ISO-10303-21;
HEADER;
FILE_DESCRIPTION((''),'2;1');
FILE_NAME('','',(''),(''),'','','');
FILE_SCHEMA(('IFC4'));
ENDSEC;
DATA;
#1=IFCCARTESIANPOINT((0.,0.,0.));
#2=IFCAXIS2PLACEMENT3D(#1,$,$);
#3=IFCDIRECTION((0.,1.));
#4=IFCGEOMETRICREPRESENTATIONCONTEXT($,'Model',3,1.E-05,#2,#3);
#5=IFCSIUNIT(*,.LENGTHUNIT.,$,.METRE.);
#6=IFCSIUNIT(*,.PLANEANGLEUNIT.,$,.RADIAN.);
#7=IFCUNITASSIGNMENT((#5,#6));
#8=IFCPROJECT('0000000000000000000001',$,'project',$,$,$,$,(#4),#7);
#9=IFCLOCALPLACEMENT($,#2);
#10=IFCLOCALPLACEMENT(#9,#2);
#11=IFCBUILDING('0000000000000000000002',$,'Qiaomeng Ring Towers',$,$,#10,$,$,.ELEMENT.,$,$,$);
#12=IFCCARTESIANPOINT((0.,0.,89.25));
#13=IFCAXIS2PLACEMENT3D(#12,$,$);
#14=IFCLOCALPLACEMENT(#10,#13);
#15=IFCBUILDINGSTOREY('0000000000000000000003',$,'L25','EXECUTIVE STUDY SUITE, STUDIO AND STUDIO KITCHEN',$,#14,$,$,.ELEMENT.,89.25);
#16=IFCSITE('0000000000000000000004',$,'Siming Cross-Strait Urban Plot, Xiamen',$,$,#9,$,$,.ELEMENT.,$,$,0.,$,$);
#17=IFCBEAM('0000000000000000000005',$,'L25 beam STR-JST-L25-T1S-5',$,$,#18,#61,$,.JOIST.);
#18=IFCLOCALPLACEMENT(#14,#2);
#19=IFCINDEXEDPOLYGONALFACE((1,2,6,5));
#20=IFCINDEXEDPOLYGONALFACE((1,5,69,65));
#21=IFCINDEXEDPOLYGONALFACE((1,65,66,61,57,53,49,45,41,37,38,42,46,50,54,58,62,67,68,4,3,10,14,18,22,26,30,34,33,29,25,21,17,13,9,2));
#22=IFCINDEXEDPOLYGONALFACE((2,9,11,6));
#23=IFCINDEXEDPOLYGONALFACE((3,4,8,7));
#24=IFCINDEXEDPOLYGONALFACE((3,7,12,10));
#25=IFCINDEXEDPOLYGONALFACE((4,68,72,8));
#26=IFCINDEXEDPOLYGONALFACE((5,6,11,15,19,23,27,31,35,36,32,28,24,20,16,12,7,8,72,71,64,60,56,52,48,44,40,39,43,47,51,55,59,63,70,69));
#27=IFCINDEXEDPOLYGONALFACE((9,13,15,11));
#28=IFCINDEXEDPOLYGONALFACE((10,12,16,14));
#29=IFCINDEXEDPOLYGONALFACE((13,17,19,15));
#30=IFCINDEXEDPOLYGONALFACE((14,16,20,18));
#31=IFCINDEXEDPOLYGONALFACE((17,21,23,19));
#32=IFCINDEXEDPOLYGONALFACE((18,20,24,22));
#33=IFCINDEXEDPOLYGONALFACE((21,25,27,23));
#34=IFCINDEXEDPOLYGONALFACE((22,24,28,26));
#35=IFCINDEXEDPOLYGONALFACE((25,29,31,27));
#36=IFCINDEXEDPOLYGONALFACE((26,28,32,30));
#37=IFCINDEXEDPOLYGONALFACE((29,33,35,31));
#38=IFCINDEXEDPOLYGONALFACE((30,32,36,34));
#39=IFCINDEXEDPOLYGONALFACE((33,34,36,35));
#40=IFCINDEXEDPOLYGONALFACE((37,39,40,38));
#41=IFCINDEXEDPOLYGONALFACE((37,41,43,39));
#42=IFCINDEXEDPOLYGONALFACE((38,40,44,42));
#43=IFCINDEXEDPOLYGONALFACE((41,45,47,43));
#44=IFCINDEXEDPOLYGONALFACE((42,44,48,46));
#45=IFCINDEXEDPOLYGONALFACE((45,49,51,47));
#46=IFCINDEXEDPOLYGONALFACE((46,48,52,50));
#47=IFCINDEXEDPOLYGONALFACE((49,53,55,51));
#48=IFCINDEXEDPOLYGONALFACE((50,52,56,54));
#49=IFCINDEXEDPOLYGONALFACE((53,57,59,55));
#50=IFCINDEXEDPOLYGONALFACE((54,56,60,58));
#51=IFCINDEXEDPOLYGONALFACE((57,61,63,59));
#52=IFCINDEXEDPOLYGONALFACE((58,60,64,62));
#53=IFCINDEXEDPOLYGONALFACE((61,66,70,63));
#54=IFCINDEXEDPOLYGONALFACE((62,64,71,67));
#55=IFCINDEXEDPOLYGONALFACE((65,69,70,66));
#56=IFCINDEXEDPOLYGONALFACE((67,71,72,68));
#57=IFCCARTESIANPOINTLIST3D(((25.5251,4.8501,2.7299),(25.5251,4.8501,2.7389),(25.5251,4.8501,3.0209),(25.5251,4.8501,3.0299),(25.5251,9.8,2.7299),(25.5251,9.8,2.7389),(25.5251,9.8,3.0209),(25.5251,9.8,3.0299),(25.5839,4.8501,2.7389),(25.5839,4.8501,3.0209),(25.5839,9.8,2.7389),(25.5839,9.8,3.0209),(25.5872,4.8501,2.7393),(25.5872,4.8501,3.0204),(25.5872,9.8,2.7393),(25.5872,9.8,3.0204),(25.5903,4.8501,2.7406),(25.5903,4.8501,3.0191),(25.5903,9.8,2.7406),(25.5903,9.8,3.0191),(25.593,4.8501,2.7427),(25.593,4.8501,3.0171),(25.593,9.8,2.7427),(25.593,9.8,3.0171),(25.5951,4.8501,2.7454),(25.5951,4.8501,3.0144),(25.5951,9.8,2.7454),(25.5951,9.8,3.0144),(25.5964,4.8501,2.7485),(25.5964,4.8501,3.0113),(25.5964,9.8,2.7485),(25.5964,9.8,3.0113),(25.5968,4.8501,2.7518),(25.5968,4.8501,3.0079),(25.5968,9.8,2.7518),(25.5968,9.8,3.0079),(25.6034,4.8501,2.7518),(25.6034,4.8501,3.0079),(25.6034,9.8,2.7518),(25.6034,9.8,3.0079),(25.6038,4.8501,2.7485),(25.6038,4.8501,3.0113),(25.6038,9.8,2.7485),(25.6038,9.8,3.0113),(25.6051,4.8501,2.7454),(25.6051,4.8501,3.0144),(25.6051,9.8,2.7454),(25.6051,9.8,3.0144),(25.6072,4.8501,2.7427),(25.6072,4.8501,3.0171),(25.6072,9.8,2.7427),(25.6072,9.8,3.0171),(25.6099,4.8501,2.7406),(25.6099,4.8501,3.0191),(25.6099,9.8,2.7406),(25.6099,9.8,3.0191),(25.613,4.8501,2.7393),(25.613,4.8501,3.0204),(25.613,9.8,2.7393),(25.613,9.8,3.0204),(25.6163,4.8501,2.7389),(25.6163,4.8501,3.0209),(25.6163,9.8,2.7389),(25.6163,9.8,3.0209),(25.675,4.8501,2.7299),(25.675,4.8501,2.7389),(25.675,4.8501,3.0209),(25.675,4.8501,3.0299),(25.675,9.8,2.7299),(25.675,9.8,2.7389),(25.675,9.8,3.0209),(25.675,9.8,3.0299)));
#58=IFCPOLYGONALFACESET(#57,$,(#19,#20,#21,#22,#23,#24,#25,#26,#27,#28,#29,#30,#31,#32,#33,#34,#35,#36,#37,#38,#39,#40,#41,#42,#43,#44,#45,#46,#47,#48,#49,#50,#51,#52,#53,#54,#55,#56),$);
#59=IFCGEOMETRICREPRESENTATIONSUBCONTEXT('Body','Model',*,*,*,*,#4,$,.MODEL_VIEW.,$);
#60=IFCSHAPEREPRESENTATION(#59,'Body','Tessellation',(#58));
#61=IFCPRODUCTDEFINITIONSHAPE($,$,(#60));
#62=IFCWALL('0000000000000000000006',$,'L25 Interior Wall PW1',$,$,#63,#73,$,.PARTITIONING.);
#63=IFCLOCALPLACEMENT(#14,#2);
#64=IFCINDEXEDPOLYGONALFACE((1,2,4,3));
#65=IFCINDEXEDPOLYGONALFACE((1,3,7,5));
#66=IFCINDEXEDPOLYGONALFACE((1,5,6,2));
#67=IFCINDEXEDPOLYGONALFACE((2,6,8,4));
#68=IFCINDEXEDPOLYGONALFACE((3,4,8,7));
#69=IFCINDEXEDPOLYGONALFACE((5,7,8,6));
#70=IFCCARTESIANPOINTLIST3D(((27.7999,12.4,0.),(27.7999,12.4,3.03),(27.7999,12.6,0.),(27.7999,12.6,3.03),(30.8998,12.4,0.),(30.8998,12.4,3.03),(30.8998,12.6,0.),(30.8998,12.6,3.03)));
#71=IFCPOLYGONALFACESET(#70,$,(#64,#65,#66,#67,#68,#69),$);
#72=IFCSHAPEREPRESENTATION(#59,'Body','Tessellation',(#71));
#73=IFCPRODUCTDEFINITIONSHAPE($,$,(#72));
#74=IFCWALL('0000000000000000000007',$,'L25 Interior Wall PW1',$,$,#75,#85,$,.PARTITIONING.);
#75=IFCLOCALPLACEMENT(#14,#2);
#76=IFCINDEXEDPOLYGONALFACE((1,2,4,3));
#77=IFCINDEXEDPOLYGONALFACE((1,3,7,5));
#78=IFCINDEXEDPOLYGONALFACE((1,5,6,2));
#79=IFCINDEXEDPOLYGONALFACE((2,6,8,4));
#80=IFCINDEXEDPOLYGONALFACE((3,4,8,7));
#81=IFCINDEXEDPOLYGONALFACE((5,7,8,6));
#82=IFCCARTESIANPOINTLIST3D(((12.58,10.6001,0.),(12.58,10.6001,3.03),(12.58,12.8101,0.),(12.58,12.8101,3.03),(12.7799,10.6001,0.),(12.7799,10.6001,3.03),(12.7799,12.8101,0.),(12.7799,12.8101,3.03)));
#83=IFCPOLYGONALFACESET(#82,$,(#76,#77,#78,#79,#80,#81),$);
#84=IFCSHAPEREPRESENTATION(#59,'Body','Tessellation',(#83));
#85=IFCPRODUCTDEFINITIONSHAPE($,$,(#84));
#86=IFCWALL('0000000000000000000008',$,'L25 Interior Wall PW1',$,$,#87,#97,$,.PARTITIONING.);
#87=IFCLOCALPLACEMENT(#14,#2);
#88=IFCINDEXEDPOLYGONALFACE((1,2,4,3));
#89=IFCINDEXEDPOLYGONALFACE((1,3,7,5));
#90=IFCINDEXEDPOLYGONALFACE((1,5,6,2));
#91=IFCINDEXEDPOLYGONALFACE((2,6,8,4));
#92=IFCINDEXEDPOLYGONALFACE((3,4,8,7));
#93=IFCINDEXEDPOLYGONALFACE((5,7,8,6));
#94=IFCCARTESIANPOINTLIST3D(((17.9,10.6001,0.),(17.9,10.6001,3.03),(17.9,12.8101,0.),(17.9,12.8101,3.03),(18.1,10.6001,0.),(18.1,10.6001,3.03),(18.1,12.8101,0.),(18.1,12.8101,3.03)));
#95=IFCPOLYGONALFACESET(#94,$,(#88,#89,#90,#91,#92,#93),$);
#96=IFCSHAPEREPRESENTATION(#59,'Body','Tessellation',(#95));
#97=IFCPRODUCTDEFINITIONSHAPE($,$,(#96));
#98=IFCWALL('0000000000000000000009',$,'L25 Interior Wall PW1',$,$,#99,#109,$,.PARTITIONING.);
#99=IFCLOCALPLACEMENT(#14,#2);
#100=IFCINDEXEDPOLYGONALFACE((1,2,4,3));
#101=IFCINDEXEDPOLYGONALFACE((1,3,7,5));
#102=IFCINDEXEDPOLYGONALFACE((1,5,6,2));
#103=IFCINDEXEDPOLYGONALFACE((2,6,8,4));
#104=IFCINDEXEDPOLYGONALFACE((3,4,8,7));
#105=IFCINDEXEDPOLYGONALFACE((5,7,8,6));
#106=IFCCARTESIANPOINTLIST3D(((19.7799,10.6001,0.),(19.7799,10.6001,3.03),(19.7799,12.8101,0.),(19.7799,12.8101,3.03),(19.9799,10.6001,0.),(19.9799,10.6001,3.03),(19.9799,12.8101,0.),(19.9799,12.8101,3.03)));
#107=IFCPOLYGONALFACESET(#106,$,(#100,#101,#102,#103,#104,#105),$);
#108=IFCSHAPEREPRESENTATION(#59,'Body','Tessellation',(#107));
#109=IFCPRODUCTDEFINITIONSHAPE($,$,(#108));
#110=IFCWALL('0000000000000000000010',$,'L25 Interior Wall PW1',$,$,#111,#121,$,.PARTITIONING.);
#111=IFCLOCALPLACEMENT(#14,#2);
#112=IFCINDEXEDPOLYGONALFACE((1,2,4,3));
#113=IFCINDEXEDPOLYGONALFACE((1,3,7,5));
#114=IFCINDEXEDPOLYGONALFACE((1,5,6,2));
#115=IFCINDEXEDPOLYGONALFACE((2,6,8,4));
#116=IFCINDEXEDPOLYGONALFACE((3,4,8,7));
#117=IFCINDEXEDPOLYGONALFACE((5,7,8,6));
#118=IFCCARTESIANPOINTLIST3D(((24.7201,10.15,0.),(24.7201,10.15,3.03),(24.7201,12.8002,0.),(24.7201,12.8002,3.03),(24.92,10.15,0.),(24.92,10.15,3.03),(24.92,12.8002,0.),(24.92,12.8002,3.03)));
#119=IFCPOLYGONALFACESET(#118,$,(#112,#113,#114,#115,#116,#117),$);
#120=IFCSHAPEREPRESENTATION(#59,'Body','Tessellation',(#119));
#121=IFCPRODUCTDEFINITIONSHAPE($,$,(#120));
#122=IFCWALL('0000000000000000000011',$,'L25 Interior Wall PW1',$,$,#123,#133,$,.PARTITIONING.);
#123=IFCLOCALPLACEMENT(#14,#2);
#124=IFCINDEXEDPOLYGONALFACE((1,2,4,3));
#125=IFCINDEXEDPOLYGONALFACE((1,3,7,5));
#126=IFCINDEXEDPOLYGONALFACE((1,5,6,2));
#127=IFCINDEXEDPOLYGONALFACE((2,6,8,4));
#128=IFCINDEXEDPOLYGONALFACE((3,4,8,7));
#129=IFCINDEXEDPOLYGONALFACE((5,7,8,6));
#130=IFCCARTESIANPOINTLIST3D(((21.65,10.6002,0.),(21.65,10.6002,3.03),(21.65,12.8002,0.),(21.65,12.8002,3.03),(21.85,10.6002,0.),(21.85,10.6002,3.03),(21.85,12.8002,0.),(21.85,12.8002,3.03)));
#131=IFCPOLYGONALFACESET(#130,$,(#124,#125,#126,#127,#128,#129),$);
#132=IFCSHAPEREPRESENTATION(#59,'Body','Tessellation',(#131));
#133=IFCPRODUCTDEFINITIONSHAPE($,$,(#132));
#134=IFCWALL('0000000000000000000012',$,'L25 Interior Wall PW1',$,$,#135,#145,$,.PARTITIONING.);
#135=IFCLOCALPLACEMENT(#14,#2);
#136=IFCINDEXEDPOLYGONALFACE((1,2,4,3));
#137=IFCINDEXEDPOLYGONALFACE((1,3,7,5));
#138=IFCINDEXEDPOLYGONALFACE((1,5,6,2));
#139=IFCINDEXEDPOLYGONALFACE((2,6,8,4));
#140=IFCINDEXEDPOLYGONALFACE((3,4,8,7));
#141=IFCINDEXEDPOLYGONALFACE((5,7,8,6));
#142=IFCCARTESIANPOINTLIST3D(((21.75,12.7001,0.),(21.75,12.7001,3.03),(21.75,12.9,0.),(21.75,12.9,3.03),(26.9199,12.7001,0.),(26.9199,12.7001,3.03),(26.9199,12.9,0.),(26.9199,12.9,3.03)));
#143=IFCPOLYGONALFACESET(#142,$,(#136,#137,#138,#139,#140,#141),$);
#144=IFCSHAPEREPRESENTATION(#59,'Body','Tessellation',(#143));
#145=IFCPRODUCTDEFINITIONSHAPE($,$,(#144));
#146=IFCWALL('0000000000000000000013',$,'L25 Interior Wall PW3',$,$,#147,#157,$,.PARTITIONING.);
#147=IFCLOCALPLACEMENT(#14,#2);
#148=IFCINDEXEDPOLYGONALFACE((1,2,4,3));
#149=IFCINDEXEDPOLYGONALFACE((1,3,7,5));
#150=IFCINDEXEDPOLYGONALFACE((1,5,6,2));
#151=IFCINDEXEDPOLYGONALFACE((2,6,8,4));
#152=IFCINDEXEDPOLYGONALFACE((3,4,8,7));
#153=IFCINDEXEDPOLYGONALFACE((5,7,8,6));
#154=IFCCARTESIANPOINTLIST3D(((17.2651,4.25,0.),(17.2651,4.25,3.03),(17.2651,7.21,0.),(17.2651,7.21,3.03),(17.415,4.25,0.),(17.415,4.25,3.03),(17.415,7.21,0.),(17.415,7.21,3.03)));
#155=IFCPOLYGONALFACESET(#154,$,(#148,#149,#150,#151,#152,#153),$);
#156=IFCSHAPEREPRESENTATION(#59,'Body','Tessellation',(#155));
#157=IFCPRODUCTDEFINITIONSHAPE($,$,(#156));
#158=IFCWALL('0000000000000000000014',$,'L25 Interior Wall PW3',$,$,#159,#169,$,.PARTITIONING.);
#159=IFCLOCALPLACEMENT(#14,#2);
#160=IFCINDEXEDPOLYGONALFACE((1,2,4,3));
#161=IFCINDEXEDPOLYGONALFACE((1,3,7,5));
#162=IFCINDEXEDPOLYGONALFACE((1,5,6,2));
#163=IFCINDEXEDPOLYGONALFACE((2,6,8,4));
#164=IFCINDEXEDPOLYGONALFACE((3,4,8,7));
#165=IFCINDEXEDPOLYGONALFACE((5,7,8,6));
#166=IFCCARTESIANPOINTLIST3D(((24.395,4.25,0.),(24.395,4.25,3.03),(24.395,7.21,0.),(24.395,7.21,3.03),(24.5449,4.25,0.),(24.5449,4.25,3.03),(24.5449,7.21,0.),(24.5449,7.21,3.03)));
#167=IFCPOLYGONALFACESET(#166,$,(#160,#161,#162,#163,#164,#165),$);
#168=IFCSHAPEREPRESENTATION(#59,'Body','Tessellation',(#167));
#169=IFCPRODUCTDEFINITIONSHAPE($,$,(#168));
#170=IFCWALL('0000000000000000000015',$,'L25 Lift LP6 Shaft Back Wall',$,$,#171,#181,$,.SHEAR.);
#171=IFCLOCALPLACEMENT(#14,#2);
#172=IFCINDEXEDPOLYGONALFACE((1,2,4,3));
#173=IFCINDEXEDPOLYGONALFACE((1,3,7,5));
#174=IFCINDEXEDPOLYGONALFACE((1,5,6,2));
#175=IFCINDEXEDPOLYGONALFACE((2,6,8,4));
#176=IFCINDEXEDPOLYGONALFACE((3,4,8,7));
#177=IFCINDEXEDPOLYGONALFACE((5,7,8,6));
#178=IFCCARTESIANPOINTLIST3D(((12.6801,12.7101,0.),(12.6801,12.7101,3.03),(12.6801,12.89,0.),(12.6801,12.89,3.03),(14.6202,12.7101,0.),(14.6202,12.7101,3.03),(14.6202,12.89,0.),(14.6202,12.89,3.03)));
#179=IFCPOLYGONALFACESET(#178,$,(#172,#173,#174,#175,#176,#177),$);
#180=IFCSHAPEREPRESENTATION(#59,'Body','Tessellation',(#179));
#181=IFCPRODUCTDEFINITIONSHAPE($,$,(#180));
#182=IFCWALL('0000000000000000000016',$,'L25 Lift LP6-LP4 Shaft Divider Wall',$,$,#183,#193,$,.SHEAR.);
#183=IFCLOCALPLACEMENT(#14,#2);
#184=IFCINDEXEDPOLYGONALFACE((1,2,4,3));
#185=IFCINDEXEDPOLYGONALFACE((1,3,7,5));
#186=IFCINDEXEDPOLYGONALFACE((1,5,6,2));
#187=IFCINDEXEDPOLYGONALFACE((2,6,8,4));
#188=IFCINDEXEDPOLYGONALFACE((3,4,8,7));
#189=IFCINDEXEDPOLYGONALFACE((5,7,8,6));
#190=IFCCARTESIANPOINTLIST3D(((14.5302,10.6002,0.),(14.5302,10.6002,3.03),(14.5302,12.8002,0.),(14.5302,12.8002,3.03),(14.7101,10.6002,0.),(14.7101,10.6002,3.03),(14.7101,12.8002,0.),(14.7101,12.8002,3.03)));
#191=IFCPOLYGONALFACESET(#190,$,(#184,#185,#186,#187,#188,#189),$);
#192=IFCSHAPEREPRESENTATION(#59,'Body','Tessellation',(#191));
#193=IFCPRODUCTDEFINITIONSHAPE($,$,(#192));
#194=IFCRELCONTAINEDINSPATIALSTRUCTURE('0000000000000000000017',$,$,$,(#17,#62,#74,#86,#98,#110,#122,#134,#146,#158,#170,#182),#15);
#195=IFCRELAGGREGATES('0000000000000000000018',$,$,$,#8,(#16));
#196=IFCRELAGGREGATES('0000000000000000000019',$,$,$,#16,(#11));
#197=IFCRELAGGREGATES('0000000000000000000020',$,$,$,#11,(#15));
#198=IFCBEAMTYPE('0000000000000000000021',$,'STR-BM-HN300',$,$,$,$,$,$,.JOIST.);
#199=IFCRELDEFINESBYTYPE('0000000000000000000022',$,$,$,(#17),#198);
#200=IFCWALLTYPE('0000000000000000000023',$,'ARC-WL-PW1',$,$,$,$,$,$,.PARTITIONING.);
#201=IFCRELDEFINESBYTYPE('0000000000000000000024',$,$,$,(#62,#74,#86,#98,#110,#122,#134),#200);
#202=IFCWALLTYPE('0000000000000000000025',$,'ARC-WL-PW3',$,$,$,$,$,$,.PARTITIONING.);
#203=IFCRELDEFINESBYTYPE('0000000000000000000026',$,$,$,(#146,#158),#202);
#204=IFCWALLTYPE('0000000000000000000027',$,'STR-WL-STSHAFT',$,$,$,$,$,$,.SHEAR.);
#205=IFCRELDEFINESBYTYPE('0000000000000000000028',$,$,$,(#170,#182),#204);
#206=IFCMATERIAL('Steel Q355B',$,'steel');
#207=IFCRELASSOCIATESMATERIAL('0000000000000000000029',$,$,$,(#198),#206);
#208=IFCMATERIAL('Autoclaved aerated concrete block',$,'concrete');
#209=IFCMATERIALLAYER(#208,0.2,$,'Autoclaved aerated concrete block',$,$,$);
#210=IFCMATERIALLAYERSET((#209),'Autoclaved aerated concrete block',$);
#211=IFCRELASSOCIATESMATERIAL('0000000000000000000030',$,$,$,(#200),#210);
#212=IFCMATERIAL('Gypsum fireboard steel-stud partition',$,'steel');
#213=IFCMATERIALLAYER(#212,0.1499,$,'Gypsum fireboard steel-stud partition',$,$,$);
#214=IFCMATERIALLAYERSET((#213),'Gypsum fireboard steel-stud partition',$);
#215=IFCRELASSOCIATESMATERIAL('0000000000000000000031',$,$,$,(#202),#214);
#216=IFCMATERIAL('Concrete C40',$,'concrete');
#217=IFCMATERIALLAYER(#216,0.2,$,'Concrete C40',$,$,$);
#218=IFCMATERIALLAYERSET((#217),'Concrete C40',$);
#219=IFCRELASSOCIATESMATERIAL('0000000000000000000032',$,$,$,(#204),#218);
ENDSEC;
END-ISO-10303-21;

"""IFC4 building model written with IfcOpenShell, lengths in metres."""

from ifc_helpers import new_model, si_unit, direction, frame, frame_2d, origin, origin_2d, place, context, subcontext, project, spatial, rectangle, i_section, extrude, source, transform, mapped, material, layer, layer_set, material_profile, profile_set, type_object, element, save


model = new_model("IFC4")

# Units and contexts
model_context = context("Model", 3, precision=1e-05, world=origin(), true_north=direction((0.0, 1.0)))
body_context = subcontext(model_context, "Body", "Model", "MODEL_VIEW")
ifc_project = project(units=[si_unit("LENGTHUNIT", "METRE"), si_unit("PLANEANGLEUNIT", "RADIAN")], contexts=[model_context])

# Site, building, storey
site_placement = place(None, origin())
site = spatial("IfcSite", under=ifc_project, at=site_placement, Name="Siming Cross-Strait Urban Plot, Xiamen", CompositionType="ELEMENT", RefElevation=0.0)
building_placement = place(site_placement, origin())
building = spatial("IfcBuilding", under=site, at=building_placement, Name="Qiaomeng Ring Towers", CompositionType="ELEMENT")
storey_placement = place(building_placement, frame((0.0, 0.0, 89.25)))
storey = spatial("IfcBuildingStorey", under=building, at=storey_placement, Name="L25", Description="EXECUTIVE STUDY SUITE, STUDIO AND STUDIO KITCHEN", CompositionType="ELEMENT", Elevation=89.25)

# Beam
ifc_material_1 = material(Name="Steel Q355B", Category="steel")
ifc_material_profile_1 = material_profile(ifc_material_1, i_section(OverallWidth=0.1499, OverallDepth=0.3, WebThickness=0.0066, FlangeThickness=0.009, FilletRadius=0.0129, at=origin_2d()), Name="HN 300x150x6.5x9")
ifc_profile_set_1 = profile_set([ifc_material_profile_1], Name="Steel Q355B")
beam_type_1 = type_object("IfcBeamType", Name="STR-BM-HN300", PredefinedType="JOIST", material=ifc_profile_set_1)
shared_shape_1 = source(origin(), body_context, "Body", "SweptSolid", [
    extrude(i_section(OverallWidth=0.1499, OverallDepth=0.3, WebThickness=0.0066, FlangeThickness=0.009, FilletRadius=0.0129, at=origin_2d()), origin(), (0.0, 0.0, 1.0), 4.95),
])
for number, where, z_axis, x_axis, name in (
    (1, (25.6001, 4.8501, 2.8799), (0.0, 1.0, 0.0), (-1.0, 0.0, 0.0), "L25 beam STR-JST-L25-T1S-5"),
):
    element("IfcBeam", number, at=place(storey_placement, frame(where, z_axis=z_axis, x_axis=x_axis)), inside=storey, type_object=beam_type_1, Name=name, PredefinedType="JOIST", context=body_context, shape_type="MappedRepresentation", body=[
        mapped(shared_shape_1, transform((0.0, 0.0, 0.0), x_axis=(1.0, 0.0, 0.0), y_axis=(0.0, 1.0, 0.0), z_axis=(0.0, 0.0, 1.0), scale=1.0)),
    ])

# Walls
ifc_material_2 = material(Name="Autoclaved aerated concrete block", Category="concrete")
ifc_layer_1 = layer(ifc_material_2, 0.2, Name="Autoclaved aerated concrete block")
ifc_layer_set_1 = layer_set([ifc_layer_1], Name="Autoclaved aerated concrete block")
wall_type_1 = type_object("IfcWallType", Name="ARC-WL-PW1", PredefinedType="PARTITIONING", material=ifc_layer_set_1)
wall_1_placement = place(storey_placement, frame((27.8, 12.5, 0.0), z_axis=(0.0, 0.0, 1.0), x_axis=(1.0, 0.0, 0.0)))
element("IfcWall", 2, at=wall_1_placement, inside=storey, type_object=wall_type_1, Name="L25 Interior Wall PW1", PredefinedType="PARTITIONING", context=body_context, shape_type="SweptSolid", body=[
    extrude(rectangle(XDim=3.0999, YDim=0.2, at=frame_2d((1.5498, 0.0))), origin(), (0.0, 0.0, 1.0), 3.03),
])
for number, where, z_axis, x_axis, name in (
    (3, (12.6799, 10.6001, 0.0), (0.0, 0.0, 1.0), (0.0, 1.0, 0.0), "L25 Interior Wall PW1"),
    (4, (18.0, 10.6001, 0.0), (0.0, 0.0, 1.0), (0.0, 1.0, 0.0), "L25 Interior Wall PW1"),
    (5, (19.8799, 10.6001, 0.0), (0.0, 0.0, 1.0), (0.0, 1.0, 0.0), "L25 Interior Wall PW1"),
):
    element("IfcWall", number, at=place(storey_placement, frame(where, z_axis=z_axis, x_axis=x_axis)), inside=storey, type_object=wall_type_1, Name=name, PredefinedType="PARTITIONING", context=body_context, shape_type="SweptSolid", body=[
        extrude(rectangle(XDim=2.21, YDim=0.2, at=frame_2d((1.105, 0.0))), origin(), (0.0, 0.0, 1.0), 3.03),
    ])
wall_2_placement = place(storey_placement, frame((24.8201, 10.1499, 0.0), z_axis=(0.0, 0.0, 1.0), x_axis=(0.0, 1.0, 0.0)))
element("IfcWall", 6, at=wall_2_placement, inside=storey, type_object=wall_type_1, Name="L25 Interior Wall PW1", PredefinedType="PARTITIONING", context=body_context, shape_type="SweptSolid", body=[
    extrude(rectangle(XDim=2.6501, YDim=0.2, at=frame_2d((1.3252, 0.0))), origin(), (0.0, 0.0, 1.0), 3.03),
])
wall_3_placement = place(storey_placement, frame((21.75, 10.6001, 0.0), z_axis=(0.0, 0.0, 1.0), x_axis=(0.0, 1.0, 0.0)))
element("IfcWall", 7, at=wall_3_placement, inside=storey, type_object=wall_type_1, Name="L25 Interior Wall PW1", PredefinedType="PARTITIONING", context=body_context, shape_type="SweptSolid", body=[
    extrude(rectangle(XDim=2.2, YDim=0.2, at=frame_2d((1.1001, 0.0))), origin(), (0.0, 0.0, 1.0), 3.03),
])
wall_4_placement = place(storey_placement, frame((21.75, 12.8, 0.0), z_axis=(0.0, 0.0, 1.0), x_axis=(1.0, 0.0, 0.0)))
element("IfcWall", 8, at=wall_4_placement, inside=storey, type_object=wall_type_1, Name="L25 Interior Wall PW1", PredefinedType="PARTITIONING", context=body_context, shape_type="SweptSolid", body=[
    extrude(rectangle(XDim=5.1699, YDim=0.2, at=frame_2d((2.585, 0.0))), origin(), (0.0, 0.0, 1.0), 3.03),
])
ifc_material_3 = material(Name="Gypsum fireboard steel-stud partition", Category="steel")
ifc_layer_2 = layer(ifc_material_3, 0.1499, Name="Gypsum fireboard steel-stud partition")
ifc_layer_set_2 = layer_set([ifc_layer_2], Name="Gypsum fireboard steel-stud partition")
wall_type_2 = type_object("IfcWallType", Name="ARC-WL-PW3", PredefinedType="PARTITIONING", material=ifc_layer_set_2)
for number, where, z_axis, x_axis, name in (
    (9, (17.3401, 4.25, 0.0), (0.0, 0.0, 1.0), (0.0, 1.0, 0.0), "L25 Interior Wall PW3"),
    (10, (24.47, 4.25, 0.0), (0.0, 0.0, 1.0), (0.0, 1.0, 0.0), "L25 Interior Wall PW3"),
):
    element("IfcWall", number, at=place(storey_placement, frame(where, z_axis=z_axis, x_axis=x_axis)), inside=storey, type_object=wall_type_2, Name=name, PredefinedType="PARTITIONING", context=body_context, shape_type="SweptSolid", body=[
        extrude(rectangle(XDim=2.96, YDim=0.1499, at=frame_2d((1.48, 0.0))), origin(), (0.0, 0.0, 1.0), 3.03),
    ])
ifc_material_4 = material(Name="Concrete C40", Category="concrete")
ifc_layer_3 = layer(ifc_material_4, 0.2, Name="Concrete C40")
ifc_layer_set_3 = layer_set([ifc_layer_3], Name="Concrete C40")
wall_type_3 = type_object("IfcWallType", Name="STR-WL-STSHAFT", PredefinedType="SHEAR", material=ifc_layer_set_3)
wall_5_placement = place(storey_placement, frame((12.6799, 12.8, 0.0), z_axis=(0.0, 0.0, 1.0), x_axis=(1.0, 0.0, 0.0)))
element("IfcWall", 11, at=wall_5_placement, inside=storey, type_object=wall_type_3, Name="L25 Lift LP6 Shaft Back Wall", PredefinedType="SHEAR", context=body_context, shape_type="SweptSolid", body=[
    extrude(rectangle(XDim=1.9402, YDim=0.1799, at=frame_2d((0.9702, 0.0))), origin(), (0.0, 0.0, 1.0), 3.03),
])
wall_6_placement = place(storey_placement, frame((14.6201, 10.6001, 0.0), z_axis=(0.0, 0.0, 1.0), x_axis=(0.0, 1.0, 0.0)))
element("IfcWall", 12, at=wall_6_placement, inside=storey, type_object=wall_type_3, Name="L25 Lift LP6-LP4 Shaft Divider Wall", PredefinedType="SHEAR", context=body_context, shape_type="SweptSolid", body=[
    extrude(rectangle(XDim=2.2, YDim=0.1799, at=frame_2d((1.1001, 0.0))), origin(), (0.0, 0.0, 1.0), 3.03),
])

save(model, "model.ifc")
